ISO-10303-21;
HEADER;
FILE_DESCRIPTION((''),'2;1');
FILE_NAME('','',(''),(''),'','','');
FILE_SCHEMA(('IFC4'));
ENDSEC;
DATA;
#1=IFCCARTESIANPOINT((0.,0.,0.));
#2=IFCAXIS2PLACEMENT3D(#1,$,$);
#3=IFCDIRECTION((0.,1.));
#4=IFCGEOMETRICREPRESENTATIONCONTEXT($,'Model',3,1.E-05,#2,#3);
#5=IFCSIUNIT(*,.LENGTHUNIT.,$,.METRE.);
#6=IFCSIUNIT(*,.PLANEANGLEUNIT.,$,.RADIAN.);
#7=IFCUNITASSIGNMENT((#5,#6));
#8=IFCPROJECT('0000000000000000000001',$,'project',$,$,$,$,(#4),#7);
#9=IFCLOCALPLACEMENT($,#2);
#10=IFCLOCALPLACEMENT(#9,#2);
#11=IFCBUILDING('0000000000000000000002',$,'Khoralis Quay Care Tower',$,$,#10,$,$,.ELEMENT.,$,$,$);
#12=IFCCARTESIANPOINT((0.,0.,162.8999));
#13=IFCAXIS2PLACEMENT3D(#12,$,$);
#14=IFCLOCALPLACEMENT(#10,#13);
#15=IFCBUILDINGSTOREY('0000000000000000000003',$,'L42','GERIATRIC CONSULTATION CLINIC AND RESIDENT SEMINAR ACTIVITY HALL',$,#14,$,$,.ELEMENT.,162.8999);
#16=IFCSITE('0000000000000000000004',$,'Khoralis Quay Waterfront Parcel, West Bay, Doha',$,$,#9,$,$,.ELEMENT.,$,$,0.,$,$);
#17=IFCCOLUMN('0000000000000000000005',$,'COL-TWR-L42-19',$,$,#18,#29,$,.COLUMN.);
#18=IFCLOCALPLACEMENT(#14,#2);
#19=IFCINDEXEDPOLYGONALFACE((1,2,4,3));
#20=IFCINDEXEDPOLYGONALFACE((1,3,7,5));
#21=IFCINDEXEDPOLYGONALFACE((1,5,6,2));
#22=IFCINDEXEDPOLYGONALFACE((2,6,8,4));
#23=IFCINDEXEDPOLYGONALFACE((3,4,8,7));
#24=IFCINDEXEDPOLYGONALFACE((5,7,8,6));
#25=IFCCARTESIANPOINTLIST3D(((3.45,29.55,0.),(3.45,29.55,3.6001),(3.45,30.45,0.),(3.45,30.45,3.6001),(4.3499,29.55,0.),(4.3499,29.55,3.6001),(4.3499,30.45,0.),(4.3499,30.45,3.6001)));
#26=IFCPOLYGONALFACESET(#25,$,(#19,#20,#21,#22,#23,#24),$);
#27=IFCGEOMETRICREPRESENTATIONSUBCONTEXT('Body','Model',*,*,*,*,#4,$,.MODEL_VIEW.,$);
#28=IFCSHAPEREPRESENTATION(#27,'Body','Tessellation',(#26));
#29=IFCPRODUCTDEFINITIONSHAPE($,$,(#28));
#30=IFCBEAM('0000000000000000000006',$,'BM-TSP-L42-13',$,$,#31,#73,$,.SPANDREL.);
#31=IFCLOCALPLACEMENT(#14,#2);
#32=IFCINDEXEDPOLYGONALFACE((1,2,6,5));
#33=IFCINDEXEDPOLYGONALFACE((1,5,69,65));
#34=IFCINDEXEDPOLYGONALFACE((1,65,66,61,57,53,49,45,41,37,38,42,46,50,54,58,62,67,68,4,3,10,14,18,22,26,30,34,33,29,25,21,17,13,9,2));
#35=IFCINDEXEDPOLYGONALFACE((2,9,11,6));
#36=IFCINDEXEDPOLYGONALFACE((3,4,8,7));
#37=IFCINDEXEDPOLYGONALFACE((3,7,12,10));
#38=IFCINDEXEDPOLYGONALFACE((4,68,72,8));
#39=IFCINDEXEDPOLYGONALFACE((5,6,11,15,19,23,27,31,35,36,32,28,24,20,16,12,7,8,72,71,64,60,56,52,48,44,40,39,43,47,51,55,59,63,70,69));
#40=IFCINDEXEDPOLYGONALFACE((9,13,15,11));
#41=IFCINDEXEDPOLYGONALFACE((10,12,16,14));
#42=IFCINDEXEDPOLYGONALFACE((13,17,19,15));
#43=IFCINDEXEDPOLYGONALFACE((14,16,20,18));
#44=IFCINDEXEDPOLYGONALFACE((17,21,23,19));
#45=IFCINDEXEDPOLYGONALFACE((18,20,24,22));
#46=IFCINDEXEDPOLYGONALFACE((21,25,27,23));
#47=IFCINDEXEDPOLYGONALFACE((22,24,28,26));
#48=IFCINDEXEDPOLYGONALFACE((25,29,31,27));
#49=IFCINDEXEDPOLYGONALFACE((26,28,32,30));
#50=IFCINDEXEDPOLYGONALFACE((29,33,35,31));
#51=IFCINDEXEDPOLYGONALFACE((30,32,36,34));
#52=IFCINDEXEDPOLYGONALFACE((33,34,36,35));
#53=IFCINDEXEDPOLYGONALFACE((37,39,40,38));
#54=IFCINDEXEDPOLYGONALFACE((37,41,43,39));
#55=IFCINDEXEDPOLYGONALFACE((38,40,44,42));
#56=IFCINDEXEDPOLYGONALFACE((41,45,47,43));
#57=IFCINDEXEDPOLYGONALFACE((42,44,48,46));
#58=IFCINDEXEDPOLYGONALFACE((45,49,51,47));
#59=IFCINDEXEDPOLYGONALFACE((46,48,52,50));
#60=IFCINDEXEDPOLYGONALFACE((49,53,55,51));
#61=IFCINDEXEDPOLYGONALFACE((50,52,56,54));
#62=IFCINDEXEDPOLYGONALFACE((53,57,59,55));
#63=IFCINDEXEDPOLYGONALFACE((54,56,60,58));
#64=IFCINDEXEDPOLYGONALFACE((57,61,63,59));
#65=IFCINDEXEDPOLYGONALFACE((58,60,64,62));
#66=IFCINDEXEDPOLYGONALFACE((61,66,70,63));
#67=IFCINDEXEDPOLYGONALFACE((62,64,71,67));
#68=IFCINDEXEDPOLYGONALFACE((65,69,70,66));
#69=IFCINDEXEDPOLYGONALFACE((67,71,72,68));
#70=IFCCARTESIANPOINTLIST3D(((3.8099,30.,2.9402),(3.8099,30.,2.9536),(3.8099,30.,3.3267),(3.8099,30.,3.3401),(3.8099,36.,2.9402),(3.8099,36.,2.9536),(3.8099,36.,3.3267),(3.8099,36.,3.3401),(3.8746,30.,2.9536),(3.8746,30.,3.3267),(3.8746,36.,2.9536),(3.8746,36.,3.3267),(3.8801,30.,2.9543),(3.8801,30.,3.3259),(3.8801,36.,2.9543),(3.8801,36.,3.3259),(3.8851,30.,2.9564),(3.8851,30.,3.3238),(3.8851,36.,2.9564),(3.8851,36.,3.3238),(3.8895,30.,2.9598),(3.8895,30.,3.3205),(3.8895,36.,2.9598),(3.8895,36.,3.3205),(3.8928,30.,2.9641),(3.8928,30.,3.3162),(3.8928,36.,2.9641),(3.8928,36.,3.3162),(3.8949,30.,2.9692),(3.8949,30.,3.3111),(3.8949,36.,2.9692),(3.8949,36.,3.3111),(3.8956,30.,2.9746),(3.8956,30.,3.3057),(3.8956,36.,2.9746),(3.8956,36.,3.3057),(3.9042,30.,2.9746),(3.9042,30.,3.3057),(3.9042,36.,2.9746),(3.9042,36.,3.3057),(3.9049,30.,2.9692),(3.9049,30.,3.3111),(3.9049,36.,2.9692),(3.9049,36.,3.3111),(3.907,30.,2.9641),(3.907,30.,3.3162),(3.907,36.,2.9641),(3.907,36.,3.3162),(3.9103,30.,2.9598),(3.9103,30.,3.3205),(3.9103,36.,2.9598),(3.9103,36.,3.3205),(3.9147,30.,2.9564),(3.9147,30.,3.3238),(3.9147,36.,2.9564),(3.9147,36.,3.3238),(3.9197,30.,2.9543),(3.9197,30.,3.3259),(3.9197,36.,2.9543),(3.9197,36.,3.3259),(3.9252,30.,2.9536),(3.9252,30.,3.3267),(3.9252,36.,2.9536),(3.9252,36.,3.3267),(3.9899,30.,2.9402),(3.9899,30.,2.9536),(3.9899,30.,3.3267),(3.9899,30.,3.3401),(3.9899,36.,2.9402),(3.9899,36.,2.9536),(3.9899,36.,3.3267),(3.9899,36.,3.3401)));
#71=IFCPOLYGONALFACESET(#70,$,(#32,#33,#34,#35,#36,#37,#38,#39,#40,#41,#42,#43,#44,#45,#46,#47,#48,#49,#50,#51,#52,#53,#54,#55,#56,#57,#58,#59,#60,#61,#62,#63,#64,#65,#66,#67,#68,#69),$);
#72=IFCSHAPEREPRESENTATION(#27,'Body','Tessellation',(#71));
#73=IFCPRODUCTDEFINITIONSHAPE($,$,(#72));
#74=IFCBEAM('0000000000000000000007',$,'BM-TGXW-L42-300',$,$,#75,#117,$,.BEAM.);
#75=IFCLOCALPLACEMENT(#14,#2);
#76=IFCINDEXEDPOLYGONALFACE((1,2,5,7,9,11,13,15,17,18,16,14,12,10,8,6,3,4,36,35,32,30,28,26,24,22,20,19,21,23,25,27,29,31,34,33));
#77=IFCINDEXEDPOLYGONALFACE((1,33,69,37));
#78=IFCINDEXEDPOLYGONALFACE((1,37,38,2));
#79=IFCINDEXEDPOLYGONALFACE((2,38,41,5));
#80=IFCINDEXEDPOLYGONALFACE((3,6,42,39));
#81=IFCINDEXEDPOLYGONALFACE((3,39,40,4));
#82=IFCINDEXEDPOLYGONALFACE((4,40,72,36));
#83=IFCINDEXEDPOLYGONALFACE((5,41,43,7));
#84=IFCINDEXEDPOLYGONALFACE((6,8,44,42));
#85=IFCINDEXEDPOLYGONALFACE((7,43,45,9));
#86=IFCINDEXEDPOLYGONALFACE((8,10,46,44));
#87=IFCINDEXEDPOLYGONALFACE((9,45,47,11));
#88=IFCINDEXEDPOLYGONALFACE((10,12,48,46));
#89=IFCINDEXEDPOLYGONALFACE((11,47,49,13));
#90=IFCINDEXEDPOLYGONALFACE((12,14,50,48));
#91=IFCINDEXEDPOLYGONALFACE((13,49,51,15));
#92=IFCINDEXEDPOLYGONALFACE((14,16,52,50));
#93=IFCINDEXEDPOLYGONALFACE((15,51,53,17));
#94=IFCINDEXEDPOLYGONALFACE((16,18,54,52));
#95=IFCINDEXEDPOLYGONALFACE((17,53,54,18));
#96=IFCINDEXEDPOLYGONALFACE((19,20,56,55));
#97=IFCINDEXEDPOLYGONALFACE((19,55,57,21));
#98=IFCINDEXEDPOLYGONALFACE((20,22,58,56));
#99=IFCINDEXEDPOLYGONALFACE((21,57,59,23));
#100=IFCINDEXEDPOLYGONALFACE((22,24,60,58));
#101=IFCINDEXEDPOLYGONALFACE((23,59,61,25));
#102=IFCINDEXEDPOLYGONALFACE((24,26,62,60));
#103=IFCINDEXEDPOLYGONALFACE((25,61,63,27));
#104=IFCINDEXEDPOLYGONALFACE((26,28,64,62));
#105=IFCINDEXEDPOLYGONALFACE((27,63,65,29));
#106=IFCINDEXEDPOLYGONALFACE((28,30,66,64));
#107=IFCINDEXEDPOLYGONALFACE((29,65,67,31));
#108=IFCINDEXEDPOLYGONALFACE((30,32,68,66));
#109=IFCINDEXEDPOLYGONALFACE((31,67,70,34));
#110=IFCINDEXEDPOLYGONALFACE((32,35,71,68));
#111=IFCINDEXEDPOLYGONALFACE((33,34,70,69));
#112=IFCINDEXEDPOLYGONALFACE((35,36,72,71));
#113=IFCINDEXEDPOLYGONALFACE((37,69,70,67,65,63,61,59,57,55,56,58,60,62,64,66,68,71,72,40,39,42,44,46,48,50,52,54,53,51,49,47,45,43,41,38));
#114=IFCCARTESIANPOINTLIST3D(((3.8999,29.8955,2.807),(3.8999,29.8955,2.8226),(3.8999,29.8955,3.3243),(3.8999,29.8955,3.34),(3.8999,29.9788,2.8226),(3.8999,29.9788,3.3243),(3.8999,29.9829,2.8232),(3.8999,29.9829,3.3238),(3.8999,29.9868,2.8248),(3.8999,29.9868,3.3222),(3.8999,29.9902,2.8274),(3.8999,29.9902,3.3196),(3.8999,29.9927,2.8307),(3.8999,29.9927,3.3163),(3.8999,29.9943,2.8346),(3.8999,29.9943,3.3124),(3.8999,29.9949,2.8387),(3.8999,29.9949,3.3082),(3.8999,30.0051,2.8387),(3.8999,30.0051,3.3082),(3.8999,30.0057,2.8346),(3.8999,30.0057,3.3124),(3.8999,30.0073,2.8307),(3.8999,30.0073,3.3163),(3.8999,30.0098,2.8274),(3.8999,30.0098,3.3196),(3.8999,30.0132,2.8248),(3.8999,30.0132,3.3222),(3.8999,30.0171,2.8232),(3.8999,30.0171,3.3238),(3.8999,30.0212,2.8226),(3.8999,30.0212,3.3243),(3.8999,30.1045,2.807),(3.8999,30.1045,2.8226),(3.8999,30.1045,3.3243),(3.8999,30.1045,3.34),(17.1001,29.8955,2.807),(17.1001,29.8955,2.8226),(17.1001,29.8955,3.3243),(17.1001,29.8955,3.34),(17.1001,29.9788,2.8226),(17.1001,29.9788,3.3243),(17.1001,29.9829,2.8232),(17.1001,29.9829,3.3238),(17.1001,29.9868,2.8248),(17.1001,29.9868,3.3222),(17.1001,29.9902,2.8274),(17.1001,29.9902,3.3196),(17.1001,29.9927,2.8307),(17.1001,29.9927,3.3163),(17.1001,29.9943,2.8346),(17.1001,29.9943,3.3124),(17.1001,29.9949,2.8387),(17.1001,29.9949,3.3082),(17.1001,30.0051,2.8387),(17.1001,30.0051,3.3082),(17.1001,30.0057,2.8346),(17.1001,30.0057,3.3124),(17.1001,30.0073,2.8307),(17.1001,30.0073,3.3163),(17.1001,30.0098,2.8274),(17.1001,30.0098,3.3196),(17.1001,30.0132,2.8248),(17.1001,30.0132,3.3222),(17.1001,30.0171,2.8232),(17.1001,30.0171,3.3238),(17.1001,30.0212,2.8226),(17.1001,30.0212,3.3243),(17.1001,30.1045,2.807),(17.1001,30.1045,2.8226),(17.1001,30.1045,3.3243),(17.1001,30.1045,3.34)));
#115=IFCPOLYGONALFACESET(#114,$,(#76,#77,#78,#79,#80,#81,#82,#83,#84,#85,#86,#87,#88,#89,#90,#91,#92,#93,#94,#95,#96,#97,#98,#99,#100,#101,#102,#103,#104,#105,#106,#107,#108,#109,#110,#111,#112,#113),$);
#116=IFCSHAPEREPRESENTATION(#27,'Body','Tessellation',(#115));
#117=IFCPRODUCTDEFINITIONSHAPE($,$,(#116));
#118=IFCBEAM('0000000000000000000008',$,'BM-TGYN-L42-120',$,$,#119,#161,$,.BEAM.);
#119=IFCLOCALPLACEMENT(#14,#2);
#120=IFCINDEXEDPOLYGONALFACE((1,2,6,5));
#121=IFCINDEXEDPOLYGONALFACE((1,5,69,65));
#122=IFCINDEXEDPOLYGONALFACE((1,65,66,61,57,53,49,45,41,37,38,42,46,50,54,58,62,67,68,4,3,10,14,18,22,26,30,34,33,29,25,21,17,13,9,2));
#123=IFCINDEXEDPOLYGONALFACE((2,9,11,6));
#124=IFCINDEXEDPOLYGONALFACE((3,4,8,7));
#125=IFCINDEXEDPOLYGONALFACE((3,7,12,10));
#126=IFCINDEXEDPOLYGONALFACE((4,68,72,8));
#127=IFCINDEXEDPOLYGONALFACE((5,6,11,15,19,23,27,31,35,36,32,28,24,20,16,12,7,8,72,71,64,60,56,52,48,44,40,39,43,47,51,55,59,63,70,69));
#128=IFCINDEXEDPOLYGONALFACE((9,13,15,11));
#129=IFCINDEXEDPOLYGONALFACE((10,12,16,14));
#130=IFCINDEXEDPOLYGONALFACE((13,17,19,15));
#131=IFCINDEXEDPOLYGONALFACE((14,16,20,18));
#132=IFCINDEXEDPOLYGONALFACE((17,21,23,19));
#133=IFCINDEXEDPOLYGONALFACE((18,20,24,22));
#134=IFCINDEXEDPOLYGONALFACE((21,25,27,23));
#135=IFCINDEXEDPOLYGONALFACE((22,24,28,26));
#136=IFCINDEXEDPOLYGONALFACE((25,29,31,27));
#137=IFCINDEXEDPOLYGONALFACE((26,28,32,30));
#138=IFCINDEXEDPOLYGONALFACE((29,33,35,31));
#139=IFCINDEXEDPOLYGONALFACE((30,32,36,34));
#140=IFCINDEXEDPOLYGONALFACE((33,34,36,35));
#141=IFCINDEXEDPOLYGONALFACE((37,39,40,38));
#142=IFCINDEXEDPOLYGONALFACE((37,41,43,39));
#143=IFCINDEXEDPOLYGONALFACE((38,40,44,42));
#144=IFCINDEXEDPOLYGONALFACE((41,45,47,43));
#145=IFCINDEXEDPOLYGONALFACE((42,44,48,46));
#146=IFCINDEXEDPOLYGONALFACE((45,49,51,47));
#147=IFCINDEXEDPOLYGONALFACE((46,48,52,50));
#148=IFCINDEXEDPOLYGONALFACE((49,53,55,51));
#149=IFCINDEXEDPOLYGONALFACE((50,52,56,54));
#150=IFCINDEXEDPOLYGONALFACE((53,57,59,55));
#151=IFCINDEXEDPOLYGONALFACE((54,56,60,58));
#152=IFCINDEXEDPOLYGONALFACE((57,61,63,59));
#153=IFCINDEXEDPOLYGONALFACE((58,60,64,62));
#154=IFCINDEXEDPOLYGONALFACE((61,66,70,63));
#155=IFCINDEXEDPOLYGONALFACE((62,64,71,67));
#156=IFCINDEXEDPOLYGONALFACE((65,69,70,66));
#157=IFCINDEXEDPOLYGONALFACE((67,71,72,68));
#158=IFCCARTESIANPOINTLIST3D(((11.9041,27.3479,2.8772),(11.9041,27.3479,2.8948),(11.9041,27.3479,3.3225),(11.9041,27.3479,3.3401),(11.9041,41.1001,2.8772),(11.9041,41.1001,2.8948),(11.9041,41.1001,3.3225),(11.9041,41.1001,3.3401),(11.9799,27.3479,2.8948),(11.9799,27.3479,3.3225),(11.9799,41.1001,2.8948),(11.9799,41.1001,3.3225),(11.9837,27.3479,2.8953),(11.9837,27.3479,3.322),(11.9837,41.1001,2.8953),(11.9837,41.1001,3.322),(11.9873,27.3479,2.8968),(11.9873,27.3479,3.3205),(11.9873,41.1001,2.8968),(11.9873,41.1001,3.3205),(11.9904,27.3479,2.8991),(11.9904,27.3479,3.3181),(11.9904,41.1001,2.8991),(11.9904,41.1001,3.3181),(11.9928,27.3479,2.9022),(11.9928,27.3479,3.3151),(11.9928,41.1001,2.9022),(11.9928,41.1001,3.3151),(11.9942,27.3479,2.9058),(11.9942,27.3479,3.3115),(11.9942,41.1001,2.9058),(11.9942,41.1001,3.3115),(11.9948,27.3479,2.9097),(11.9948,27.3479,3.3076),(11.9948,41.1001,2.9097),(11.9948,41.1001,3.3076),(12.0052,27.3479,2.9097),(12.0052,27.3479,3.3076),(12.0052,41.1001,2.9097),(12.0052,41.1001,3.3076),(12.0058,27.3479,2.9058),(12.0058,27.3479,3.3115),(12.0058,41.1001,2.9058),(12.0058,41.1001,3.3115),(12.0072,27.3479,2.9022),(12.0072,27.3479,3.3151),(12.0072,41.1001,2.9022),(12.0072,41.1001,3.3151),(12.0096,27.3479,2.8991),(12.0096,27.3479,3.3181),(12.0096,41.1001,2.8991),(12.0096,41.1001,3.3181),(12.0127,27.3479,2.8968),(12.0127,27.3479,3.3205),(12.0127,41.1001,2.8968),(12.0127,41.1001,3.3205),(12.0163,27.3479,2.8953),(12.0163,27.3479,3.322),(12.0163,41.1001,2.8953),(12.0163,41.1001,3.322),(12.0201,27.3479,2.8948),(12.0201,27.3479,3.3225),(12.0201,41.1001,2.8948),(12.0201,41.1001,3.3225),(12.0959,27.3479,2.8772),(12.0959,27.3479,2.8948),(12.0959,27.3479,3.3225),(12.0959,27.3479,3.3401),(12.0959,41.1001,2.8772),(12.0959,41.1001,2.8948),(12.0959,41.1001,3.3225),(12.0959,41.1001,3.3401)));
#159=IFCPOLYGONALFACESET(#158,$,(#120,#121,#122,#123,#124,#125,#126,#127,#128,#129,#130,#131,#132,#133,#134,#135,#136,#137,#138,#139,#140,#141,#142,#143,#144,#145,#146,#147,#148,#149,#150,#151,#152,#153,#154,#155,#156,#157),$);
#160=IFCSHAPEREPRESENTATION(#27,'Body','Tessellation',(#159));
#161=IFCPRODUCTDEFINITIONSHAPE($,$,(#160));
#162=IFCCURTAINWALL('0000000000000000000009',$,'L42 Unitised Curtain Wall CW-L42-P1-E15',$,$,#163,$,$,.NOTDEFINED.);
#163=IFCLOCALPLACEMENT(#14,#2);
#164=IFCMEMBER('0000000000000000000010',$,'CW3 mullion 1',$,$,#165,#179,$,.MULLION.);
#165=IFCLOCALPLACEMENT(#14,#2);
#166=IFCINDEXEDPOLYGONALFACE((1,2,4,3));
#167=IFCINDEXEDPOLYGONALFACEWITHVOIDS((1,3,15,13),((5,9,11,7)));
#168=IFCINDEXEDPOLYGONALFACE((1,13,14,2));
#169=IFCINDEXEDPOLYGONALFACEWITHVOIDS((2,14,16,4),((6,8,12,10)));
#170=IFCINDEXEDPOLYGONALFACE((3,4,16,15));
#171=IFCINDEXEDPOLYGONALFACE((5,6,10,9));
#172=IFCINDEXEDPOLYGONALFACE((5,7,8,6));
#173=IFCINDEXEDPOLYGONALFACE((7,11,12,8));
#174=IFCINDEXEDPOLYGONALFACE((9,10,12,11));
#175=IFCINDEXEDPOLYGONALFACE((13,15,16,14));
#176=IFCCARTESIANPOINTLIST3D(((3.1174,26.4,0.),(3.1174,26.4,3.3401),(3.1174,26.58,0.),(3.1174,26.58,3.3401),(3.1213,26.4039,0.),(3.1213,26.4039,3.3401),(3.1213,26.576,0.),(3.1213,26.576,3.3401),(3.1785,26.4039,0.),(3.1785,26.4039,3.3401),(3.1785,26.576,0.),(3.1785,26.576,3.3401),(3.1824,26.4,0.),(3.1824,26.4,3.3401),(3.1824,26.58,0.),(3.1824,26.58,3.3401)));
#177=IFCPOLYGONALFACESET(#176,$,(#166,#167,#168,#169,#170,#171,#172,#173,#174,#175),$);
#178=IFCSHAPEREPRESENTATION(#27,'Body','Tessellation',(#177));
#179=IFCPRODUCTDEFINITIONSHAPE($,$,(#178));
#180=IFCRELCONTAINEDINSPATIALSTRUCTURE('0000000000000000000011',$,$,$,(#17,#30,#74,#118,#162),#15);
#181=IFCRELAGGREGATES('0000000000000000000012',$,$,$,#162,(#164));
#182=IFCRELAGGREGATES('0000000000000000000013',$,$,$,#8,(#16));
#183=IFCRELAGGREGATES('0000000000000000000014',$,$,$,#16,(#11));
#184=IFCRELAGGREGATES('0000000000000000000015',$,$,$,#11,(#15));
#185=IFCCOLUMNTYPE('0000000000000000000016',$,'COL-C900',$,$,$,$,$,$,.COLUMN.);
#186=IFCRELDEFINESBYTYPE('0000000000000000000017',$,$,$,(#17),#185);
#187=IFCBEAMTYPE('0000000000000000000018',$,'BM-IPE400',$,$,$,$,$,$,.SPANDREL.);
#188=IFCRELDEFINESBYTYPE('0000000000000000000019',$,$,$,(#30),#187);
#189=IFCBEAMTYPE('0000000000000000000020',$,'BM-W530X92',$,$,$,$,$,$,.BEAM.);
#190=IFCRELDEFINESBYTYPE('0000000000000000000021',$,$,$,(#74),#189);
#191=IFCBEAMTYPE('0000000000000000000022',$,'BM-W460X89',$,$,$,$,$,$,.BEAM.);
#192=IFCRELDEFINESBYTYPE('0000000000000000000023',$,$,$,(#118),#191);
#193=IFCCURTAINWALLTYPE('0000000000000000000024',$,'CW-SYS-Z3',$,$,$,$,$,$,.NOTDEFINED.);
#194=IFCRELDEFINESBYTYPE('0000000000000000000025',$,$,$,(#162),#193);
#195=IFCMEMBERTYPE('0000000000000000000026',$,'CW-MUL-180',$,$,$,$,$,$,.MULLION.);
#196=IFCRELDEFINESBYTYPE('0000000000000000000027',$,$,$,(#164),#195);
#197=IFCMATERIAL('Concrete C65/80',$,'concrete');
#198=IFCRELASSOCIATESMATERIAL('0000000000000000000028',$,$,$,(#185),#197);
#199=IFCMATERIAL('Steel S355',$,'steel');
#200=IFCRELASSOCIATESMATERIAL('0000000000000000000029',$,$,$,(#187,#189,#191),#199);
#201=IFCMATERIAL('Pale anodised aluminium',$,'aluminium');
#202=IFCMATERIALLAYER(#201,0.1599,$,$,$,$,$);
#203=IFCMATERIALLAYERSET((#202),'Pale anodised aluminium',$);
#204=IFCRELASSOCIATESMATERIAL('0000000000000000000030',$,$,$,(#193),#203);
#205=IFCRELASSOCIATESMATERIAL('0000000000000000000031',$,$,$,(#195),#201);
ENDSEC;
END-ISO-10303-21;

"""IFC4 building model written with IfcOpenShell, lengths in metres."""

from ifc_helpers import new_model, si_unit, direction, frame, origin, origin_2d, place, context, subcontext, project, spatial, rectangle, hollow_rectangle, i_section, extrude, source, transform, mapped, material, layer, layer_set, material_profile, profile_set, type_object, element, aggregate, save


model = new_model("IFC4")

# Units and contexts
model_context = context("Model", 3, precision=1e-05, world=origin(), true_north=direction((0.0, 1.0)))
body_context = subcontext(model_context, "Body", "Model", "MODEL_VIEW")
ifc_project = project(units=[si_unit("LENGTHUNIT", "METRE"), si_unit("PLANEANGLEUNIT", "RADIAN")], contexts=[model_context])

# Site, building, storey
site_placement = place(None, origin())
site = spatial("IfcSite", under=ifc_project, at=site_placement, Name="Khoralis Quay Waterfront Parcel, West Bay, Doha", CompositionType="ELEMENT", RefElevation=0.0)
building_placement = place(site_placement, origin())
building = spatial("IfcBuilding", under=site, at=building_placement, Name="Khoralis Quay Care Tower", CompositionType="ELEMENT")
storey_placement = place(building_placement, frame((0.0, 0.0, 162.8999)))
storey = spatial("IfcBuildingStorey", under=building, at=storey_placement, Name="L42", Description="GERIATRIC CONSULTATION CLINIC AND RESIDENT SEMINAR ACTIVITY HALL", CompositionType="ELEMENT", Elevation=162.8999)

# Column
ifc_material_1 = material(Name="Concrete C65/80", Category="concrete")
ifc_material_profile_1 = material_profile(ifc_material_1, rectangle(XDim=0.8999, YDim=0.8999, at=origin_2d()), Name="Concrete C65/80")
ifc_profile_set_1 = profile_set([ifc_material_profile_1], Name="Concrete C65/80")
column_type = type_object("IfcColumnType", Name="COL-C900", PredefinedType="COLUMN", material=ifc_profile_set_1)
shared_shape_1 = source(origin(), body_context, "Body", "SweptSolid", [
    extrude(rectangle(XDim=0.8999, YDim=0.8999, at=origin_2d()), origin(), (0.0, 0.0, 1.0), 3.6001),
])
column_placement = place(storey_placement, frame((3.8999, 30.0, 0.0), z_axis=(0.0, 0.0, 1.0), x_axis=(1.0, 0.0, 0.0)))
element("IfcColumn", 1, at=column_placement, inside=storey, type_object=column_type, Name="COL-TWR-L42-19", PredefinedType="COLUMN", context=body_context, shape_type="MappedRepresentation", body=[
    mapped(shared_shape_1, transform((0.0, 0.0, 0.0), scale=1.0)),
])

# Beams
ifc_material_2 = material(Name="Steel S355", Category="steel")
ifc_material_profile_2 = material_profile(ifc_material_2, i_section(OverallWidth=0.1799, OverallDepth=0.3999, WebThickness=0.0085, FlangeThickness=0.0134, FilletRadius=0.021, at=origin_2d()), Name="Steel S355")
ifc_profile_set_2 = profile_set([ifc_material_profile_2], Name="Steel S355")
beam_type_1 = type_object("IfcBeamType", Name="BM-IPE400", PredefinedType="SPANDREL", material=ifc_profile_set_2)
shared_shape_2 = source(origin(), body_context, "Body", "SweptSolid", [
    extrude(i_section(OverallWidth=0.1799, OverallDepth=0.3999, WebThickness=0.0085, FlangeThickness=0.0134, FilletRadius=0.021, at=origin_2d()), origin(), (0.0, 0.0, 1.0), 6.0),
])
beam_1_placement = place(storey_placement, frame((3.8999, 30.0, 3.1401), z_axis=(0.0, 1.0, 0.0), x_axis=(-1.0, 0.0, 0.0)))
element("IfcBeam", 2, at=beam_1_placement, inside=storey, type_object=beam_type_1, Name="BM-TSP-L42-13", PredefinedType="SPANDREL", context=body_context, shape_type="MappedRepresentation", body=[
    mapped(shared_shape_2, transform((0.0, 0.0, 0.0), scale=1.0)),
])
ifc_material_profile_3 = material_profile(ifc_material_2, i_section(OverallWidth=0.209, OverallDepth=0.533, WebThickness=0.0103, FlangeThickness=0.0156, FilletRadius=0.0161, at=origin_2d()), Name="Steel S355")
ifc_profile_set_3 = profile_set([ifc_material_profile_3], Name="Steel S355")
beam_type_2 = type_object("IfcBeamType", Name="BM-W530X92", PredefinedType="BEAM", material=ifc_profile_set_3)
shared_shape_3 = source(origin(), body_context, "Body", "SweptSolid", [
    extrude(i_section(OverallWidth=0.209, OverallDepth=0.533, WebThickness=0.0103, FlangeThickness=0.0156, FilletRadius=0.0161, at=origin_2d()), origin(), (0.0, 0.0, 1.0), 13.2002),
])
beam_2_placement = place(storey_placement, frame((3.8999, 30.0, 3.0735), z_axis=(1.0, 0.0, 0.0), x_axis=(0.0, 1.0, 0.0)))
element("IfcBeam", 3, at=beam_2_placement, inside=storey, type_object=beam_type_2, Name="BM-TGXW-L42-300", PredefinedType="BEAM", context=body_context, shape_type="MappedRepresentation", body=[
    mapped(shared_shape_3, transform((0.0, 0.0, 0.0), scale=1.0)),
])
ifc_material_profile_4 = material_profile(ifc_material_2, i_section(OverallWidth=0.1919, OverallDepth=0.4629, WebThickness=0.0105, FlangeThickness=0.0176, FilletRadius=0.0149, at=origin_2d()), Name="Steel S355")
ifc_profile_set_4 = profile_set([ifc_material_profile_4], Name="Steel S355")
beam_type_3 = type_object("IfcBeamType", Name="BM-W460X89", PredefinedType="BEAM", material=ifc_profile_set_4)
shared_shape_4 = source(origin(), body_context, "Body", "SweptSolid", [
    extrude(i_section(OverallWidth=0.1919, OverallDepth=0.4629, WebThickness=0.0105, FlangeThickness=0.0176, FilletRadius=0.0149, at=origin_2d()), origin(), (0.0, 0.0, 1.0), 13.7522),
])
beam_3_placement = place(storey_placement, frame((12.0, 27.3479, 3.1086), z_axis=(0.0, 1.0, 0.0), x_axis=(-1.0, 0.0, 0.0)))
element("IfcBeam", 4, at=beam_3_placement, inside=storey, type_object=beam_type_3, Name="BM-TGYN-L42-120", PredefinedType="BEAM", context=body_context, shape_type="MappedRepresentation", body=[
    mapped(shared_shape_4, transform((0.0, 0.0, 0.0), scale=1.0)),
])

# Curtain wall, member
ifc_material_3 = material(Name="Pale anodised aluminium", Category="aluminium")
ifc_layer_1 = layer(ifc_material_3, 0.1599)
ifc_layer_set_1 = layer_set([ifc_layer_1], Name="Pale anodised aluminium")
curtain_wall_type = type_object("IfcCurtainWallType", Name="CW-SYS-Z3", PredefinedType="NOTDEFINED", material=ifc_layer_set_1)
curtain_wall_placement = place(storey_placement, origin())
curtain_wall = element("IfcCurtainWall", 5, at=curtain_wall_placement, inside=storey, type_object=curtain_wall_type, Name="L42 Unitised Curtain Wall CW-L42-P1-E15", PredefinedType="NOTDEFINED")
ifc_material_profile_5 = material_profile(ifc_material_3, hollow_rectangle(XDim=0.0649, YDim=0.1799, WallThickness=0.0039, at=origin_2d()), Name="Pale anodised aluminium")
ifc_profile_set_5 = profile_set([ifc_material_profile_5], Name="Pale anodised aluminium")
member_type_1 = type_object("IfcMemberType", Name="CW-MUL-180", PredefinedType="MULLION", material=ifc_profile_set_5)
shared_shape_5 = source(origin(), body_context, "Body", "SweptSolid", [
    extrude(hollow_rectangle(XDim=0.0649, YDim=0.1799, WallThickness=0.0039, at=origin_2d()), origin(), (0.0, 0.0, 1.0), 3.3401),
])
member_1_placement = place(storey_placement, frame((3.1499, 26.49, 0.0), z_axis=(0.0, 0.0, 1.0), x_axis=(1.0, 0.0, 0.0)))
member_1 = element("IfcMember", 6, at=member_1_placement, type_object=member_type_1, Name="CW3 mullion 1", PredefinedType="MULLION", context=body_context, shape_type="MappedRepresentation", body=[
    mapped(shared_shape_5, transform((0.0, 0.0, 0.0), scale=1.0)),
])
aggregate(curtain_wall, [member_1])

save(model, "model.ifc")
